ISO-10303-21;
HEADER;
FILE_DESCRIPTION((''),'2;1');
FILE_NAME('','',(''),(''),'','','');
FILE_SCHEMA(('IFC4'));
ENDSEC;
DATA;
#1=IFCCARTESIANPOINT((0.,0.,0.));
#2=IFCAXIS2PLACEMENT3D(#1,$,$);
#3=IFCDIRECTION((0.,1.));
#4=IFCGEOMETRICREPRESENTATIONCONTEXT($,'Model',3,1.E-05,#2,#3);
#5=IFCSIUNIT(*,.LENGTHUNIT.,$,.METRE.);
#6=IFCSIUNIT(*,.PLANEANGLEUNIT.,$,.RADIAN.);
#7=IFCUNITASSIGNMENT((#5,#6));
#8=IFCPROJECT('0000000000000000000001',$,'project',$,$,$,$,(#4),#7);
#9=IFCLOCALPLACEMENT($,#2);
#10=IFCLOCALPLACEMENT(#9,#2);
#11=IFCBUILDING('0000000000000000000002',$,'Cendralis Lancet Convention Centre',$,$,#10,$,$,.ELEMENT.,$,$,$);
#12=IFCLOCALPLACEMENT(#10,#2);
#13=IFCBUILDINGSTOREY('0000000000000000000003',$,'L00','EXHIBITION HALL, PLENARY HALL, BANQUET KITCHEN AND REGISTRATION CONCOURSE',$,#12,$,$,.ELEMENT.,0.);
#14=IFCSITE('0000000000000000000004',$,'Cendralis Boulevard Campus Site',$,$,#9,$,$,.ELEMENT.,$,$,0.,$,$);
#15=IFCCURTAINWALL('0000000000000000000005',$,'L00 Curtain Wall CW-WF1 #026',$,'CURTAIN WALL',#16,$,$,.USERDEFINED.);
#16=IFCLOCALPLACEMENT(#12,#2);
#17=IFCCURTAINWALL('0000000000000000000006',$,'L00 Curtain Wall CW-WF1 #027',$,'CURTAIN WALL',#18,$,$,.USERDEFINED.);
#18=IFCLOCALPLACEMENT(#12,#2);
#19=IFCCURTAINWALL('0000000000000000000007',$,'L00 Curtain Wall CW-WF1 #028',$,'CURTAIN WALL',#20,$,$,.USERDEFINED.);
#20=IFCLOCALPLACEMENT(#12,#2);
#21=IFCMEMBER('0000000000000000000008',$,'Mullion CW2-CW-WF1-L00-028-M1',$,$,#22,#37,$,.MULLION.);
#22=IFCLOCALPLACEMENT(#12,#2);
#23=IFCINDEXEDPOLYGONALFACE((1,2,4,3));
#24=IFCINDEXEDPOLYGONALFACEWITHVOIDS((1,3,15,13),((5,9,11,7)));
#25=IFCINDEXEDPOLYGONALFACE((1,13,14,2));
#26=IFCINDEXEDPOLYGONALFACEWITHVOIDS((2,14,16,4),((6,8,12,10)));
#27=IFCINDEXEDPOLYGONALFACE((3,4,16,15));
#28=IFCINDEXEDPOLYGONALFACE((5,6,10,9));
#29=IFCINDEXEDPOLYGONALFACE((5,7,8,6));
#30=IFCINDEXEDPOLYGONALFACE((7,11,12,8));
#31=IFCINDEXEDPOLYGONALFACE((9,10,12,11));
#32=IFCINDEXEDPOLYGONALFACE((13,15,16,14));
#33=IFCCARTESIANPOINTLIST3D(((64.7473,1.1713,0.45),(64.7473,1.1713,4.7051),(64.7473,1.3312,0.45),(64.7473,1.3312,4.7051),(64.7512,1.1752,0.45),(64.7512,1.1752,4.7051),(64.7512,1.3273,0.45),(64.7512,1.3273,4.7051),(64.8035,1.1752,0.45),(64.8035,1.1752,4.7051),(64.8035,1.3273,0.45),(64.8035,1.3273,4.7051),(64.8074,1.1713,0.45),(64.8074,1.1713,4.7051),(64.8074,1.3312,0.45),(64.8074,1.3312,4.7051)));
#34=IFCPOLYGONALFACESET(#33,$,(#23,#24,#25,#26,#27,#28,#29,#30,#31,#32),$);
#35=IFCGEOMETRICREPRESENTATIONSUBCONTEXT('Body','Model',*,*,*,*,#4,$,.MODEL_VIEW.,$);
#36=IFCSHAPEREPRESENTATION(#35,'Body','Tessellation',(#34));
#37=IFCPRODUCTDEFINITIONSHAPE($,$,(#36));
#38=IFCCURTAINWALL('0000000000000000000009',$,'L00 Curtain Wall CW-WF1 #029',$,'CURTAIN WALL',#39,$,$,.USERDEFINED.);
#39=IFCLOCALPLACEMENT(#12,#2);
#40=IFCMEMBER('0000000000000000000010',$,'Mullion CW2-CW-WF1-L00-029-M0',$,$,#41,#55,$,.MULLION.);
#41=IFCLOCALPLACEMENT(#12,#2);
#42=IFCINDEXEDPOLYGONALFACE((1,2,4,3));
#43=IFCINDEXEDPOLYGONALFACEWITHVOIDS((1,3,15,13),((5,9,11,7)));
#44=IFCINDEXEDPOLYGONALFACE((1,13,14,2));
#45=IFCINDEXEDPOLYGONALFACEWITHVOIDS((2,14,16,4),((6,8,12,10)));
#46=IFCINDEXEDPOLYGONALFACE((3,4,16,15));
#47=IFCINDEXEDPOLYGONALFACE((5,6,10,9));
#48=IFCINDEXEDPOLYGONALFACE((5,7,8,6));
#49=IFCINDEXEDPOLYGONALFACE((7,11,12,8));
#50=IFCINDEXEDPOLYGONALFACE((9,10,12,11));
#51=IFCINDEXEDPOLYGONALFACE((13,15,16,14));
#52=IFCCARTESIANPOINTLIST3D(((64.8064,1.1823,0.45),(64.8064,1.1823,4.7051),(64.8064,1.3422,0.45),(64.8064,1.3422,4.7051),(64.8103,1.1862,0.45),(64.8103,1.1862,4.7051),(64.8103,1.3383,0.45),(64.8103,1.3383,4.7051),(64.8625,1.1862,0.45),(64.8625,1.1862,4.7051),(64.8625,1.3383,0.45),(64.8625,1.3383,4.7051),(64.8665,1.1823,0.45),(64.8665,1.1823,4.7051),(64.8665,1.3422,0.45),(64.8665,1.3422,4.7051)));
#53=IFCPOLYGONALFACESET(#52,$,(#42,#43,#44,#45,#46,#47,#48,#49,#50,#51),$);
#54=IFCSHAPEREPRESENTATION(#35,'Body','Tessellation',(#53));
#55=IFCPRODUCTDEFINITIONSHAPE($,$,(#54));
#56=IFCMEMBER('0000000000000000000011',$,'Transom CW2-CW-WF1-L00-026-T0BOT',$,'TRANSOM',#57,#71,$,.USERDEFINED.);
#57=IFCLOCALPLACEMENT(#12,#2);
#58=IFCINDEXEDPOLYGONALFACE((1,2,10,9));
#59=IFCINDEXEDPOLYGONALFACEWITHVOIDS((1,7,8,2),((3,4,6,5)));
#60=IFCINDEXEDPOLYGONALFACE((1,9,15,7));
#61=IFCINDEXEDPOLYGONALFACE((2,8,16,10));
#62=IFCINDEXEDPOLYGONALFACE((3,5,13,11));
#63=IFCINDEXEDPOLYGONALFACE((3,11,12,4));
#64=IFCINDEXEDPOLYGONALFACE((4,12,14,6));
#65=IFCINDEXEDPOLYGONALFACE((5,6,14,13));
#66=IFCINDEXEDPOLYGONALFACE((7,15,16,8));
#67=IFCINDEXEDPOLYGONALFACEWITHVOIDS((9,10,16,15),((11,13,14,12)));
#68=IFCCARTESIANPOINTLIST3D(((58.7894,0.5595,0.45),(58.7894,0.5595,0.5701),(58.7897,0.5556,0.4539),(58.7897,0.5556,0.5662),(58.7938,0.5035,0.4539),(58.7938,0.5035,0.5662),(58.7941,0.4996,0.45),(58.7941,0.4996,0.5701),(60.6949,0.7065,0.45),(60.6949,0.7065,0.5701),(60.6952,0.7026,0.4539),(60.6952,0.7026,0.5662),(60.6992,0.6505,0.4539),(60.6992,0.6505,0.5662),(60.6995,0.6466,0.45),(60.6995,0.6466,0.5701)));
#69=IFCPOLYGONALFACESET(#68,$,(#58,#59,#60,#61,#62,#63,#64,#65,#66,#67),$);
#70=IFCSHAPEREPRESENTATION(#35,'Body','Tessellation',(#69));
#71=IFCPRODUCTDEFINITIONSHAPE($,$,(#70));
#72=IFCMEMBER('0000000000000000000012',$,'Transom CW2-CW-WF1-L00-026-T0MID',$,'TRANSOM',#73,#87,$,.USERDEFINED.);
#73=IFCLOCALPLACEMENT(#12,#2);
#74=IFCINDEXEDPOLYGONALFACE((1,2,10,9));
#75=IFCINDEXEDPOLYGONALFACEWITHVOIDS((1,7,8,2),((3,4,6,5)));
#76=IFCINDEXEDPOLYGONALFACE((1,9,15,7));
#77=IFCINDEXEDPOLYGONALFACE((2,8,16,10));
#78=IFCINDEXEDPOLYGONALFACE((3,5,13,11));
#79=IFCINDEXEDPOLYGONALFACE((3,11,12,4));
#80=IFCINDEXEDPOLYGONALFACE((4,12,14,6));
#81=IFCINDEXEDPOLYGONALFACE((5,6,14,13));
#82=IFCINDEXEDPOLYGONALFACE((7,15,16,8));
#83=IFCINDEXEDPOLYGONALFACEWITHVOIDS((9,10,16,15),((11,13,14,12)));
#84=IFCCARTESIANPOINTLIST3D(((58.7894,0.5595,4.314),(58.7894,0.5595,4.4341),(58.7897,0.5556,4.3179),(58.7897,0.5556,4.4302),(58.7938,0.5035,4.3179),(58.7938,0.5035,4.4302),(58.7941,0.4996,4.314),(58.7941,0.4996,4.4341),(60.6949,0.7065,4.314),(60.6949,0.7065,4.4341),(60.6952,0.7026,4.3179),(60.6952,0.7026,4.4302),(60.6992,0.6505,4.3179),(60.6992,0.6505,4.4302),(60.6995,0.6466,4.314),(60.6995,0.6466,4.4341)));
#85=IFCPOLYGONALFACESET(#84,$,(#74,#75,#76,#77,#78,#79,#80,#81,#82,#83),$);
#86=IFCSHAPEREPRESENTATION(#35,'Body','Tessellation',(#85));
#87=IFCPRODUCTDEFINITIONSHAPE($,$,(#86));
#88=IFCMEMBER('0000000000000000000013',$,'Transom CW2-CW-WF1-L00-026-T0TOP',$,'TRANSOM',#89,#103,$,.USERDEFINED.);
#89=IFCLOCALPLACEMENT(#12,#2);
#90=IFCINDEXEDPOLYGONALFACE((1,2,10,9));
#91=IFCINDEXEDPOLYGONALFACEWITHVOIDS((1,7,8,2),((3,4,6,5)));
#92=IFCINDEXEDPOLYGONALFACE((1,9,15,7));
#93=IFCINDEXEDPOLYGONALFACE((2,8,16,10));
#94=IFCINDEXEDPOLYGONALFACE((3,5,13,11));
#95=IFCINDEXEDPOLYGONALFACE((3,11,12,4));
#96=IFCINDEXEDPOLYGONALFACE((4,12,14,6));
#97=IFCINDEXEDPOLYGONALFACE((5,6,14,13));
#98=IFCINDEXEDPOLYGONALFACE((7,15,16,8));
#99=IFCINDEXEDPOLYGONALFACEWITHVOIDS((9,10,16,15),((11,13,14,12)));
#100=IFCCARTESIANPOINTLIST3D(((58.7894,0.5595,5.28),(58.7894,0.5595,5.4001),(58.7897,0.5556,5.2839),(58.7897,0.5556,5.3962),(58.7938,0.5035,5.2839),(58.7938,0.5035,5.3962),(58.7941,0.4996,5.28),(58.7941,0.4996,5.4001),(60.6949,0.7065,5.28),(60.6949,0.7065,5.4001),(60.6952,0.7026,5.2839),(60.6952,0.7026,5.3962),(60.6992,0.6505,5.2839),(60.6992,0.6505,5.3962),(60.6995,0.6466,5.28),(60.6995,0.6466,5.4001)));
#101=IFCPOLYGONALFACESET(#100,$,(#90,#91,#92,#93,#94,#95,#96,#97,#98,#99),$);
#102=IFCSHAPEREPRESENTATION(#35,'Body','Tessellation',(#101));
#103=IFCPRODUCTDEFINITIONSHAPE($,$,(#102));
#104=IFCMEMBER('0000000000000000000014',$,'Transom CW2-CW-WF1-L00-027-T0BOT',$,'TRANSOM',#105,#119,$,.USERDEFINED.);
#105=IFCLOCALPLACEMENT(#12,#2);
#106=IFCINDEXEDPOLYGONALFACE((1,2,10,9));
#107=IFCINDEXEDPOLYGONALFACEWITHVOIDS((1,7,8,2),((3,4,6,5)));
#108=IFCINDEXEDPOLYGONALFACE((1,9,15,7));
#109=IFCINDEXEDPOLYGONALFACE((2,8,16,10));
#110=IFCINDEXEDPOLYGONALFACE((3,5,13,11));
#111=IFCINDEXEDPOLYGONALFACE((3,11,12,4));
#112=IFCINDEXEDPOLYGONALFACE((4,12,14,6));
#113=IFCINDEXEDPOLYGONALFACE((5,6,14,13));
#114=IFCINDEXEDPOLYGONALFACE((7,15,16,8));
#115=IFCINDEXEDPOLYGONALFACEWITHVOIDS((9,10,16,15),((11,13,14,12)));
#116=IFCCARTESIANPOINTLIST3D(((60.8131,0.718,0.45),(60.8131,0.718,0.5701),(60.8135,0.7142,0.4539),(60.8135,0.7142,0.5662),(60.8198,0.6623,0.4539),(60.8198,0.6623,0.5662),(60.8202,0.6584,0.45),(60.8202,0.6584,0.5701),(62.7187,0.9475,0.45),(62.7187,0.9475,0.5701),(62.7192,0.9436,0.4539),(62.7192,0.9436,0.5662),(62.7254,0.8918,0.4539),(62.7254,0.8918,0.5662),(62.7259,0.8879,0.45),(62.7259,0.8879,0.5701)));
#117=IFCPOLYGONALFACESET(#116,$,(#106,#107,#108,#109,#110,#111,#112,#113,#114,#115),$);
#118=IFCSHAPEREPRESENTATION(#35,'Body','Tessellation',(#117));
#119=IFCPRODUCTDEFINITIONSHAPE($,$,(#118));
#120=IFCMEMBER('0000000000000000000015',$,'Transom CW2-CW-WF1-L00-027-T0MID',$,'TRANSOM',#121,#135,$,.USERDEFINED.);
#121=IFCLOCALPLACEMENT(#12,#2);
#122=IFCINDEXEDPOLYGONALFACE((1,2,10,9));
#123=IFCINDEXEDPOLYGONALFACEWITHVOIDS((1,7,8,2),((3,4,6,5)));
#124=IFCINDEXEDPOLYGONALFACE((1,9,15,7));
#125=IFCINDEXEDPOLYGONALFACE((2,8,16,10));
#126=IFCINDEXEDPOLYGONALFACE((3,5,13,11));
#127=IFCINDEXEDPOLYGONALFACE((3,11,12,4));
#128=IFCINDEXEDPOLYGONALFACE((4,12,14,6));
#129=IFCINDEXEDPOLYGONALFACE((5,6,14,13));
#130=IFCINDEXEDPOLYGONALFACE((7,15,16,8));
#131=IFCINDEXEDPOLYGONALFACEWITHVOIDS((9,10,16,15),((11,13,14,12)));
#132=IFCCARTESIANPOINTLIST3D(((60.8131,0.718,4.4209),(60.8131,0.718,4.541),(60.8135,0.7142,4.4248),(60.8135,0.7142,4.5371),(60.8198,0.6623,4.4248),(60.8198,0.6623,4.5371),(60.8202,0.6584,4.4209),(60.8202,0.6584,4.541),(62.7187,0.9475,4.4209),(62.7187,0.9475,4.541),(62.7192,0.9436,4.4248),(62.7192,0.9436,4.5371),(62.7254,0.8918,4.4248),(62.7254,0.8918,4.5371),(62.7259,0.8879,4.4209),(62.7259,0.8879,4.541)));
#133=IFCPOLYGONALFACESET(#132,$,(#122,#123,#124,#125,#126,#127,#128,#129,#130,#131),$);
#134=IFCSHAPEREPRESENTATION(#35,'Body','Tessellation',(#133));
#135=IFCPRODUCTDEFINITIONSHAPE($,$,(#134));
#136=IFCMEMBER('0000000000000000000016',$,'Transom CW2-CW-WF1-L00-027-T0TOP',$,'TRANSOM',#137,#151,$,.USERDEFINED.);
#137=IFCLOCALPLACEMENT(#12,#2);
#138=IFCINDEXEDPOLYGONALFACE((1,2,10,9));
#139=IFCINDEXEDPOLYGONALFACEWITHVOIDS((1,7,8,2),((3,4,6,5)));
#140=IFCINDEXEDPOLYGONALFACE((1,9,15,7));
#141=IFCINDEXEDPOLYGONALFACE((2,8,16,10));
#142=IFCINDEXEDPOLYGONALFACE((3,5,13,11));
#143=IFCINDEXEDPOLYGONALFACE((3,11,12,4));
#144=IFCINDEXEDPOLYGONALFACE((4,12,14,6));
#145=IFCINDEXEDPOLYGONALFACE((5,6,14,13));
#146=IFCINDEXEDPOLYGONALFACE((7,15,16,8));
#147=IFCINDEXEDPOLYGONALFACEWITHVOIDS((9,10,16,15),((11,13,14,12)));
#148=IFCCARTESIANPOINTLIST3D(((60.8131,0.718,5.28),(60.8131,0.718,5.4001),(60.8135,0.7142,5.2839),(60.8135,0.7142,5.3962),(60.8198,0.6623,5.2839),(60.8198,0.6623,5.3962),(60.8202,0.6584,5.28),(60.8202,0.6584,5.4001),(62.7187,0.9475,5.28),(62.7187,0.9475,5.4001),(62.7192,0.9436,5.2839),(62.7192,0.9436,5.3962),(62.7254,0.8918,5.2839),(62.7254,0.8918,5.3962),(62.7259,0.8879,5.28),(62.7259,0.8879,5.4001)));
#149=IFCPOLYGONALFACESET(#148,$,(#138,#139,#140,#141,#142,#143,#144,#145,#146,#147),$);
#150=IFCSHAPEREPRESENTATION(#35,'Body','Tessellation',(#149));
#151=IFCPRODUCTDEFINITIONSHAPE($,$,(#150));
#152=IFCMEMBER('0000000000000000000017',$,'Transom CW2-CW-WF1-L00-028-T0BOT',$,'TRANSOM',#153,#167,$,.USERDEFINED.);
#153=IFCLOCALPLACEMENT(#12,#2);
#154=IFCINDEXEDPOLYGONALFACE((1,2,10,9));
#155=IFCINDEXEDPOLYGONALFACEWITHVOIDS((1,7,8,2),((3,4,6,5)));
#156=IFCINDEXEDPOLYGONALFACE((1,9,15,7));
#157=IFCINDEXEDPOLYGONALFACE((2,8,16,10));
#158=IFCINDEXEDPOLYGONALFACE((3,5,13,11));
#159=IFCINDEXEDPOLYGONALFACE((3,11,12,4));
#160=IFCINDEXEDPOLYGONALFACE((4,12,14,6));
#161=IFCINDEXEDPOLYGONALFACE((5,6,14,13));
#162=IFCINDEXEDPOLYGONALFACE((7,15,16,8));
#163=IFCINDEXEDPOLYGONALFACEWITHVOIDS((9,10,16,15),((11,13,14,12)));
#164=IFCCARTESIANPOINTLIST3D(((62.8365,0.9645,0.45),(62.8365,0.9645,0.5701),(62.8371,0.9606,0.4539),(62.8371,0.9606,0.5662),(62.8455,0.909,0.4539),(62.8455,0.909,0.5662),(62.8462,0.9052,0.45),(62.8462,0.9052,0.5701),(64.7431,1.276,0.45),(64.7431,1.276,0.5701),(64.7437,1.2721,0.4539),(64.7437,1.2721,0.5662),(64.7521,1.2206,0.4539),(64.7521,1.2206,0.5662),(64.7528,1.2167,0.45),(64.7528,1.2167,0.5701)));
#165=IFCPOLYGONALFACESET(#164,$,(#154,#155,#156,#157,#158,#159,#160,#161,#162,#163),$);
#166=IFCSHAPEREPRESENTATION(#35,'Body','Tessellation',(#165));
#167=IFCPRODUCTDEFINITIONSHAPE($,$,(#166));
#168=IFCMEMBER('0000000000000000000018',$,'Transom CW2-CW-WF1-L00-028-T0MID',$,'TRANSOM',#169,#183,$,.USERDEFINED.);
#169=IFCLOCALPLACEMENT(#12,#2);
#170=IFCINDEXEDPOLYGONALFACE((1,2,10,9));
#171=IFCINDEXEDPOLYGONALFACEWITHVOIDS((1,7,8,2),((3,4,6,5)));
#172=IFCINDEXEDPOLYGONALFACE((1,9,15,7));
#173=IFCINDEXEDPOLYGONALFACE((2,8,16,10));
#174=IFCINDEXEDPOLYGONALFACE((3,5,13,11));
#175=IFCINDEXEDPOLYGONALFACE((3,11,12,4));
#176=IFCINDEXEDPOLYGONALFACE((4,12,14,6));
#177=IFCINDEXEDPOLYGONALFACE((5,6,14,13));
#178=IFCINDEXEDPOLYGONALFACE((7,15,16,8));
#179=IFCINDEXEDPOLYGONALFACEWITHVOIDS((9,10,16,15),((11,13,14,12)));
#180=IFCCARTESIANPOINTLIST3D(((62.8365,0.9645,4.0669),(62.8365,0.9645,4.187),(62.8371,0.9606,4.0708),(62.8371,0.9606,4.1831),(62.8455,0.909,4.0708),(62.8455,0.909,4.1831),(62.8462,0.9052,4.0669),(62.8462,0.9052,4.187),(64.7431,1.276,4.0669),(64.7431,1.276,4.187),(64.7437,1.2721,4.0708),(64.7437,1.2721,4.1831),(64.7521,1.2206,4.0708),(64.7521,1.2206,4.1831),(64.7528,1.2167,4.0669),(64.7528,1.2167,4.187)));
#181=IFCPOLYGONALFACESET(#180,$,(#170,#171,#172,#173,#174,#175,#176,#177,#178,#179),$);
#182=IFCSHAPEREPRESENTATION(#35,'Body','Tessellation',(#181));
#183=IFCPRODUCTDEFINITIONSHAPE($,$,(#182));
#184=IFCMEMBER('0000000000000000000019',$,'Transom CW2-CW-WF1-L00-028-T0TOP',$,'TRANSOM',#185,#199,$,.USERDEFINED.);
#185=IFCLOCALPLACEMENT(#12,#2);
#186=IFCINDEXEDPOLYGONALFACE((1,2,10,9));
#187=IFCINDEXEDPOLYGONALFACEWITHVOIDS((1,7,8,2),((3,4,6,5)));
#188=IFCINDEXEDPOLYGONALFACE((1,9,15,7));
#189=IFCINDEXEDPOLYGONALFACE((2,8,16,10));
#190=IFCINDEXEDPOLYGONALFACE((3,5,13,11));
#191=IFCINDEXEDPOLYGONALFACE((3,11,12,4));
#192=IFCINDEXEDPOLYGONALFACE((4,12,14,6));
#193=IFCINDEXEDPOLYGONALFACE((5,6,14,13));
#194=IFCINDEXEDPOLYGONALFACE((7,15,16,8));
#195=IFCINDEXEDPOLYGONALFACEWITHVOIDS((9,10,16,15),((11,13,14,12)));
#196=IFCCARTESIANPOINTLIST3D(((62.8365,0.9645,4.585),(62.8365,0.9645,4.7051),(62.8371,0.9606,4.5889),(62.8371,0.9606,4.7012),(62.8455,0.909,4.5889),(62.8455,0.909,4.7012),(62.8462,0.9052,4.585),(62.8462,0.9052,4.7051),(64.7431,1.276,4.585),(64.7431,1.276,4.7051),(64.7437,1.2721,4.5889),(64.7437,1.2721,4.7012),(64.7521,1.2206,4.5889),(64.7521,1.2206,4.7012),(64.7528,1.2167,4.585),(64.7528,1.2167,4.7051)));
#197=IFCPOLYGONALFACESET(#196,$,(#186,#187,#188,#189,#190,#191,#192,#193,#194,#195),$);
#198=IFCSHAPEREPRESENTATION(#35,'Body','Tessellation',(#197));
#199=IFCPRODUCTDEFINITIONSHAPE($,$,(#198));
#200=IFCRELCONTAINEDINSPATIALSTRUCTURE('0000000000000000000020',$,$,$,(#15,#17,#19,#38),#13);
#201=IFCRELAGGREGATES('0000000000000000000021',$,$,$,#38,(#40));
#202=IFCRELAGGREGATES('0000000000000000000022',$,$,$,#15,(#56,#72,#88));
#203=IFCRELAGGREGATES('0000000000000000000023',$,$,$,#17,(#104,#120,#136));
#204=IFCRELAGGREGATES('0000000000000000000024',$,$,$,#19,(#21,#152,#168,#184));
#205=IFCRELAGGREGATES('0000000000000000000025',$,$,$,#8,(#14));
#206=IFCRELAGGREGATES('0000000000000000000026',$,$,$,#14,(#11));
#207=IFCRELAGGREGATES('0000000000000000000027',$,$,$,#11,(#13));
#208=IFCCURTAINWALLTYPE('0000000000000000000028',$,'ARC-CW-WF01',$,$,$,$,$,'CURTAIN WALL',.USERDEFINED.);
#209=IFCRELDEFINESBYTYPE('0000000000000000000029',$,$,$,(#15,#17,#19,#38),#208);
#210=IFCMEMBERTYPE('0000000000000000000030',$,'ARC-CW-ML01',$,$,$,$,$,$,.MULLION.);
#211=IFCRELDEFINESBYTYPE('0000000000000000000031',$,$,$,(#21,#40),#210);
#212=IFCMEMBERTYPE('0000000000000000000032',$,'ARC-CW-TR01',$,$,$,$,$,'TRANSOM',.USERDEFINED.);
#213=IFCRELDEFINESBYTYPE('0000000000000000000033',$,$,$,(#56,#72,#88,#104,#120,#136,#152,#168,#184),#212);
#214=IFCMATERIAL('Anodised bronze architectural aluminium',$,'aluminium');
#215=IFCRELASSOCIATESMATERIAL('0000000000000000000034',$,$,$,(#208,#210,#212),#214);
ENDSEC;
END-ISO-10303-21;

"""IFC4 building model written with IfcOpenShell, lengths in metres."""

from ifc_helpers import new_model, si_unit, direction, frame, origin, origin_2d, place, context, subcontext, project, spatial, hollow_rectangle, extrude, material, material_profile, profile_set, type_object, element, aggregate, save


model = new_model("IFC4")

# Units and contexts
model_context = context("Model", 3, precision=1e-05, world=origin(), true_north=direction((0.0, 1.0)))
body_context = subcontext(model_context, "Body", "Model", "MODEL_VIEW")
ifc_project = project(units=[si_unit("LENGTHUNIT", "METRE"), si_unit("PLANEANGLEUNIT", "RADIAN")], contexts=[model_context])

# Site, building, storey
site_placement = place(None, origin())
site = spatial("IfcSite", under=ifc_project, at=site_placement, Name="Cendralis Boulevard Campus Site", CompositionType="ELEMENT", RefElevation=0.0)
building_placement = place(site_placement, origin())
building = spatial("IfcBuilding", under=site, at=building_placement, Name="Cendralis Lancet Convention Centre", CompositionType="ELEMENT")
storey_placement = place(building_placement, origin())
storey = spatial("IfcBuildingStorey", under=building, at=storey_placement, Name="L00", Description="EXHIBITION HALL, PLENARY HALL, BANQUET KITCHEN AND REGISTRATION CONCOURSE", CompositionType="ELEMENT", Elevation=0.0)

# Shared definitions
ifc_material_1 = material(Name="Anodised bronze architectural aluminium", Category="aluminium")
curtain_wall_type = type_object("IfcCurtainWallType", Name="ARC-CW-WF01", ElementType="CURTAIN WALL", PredefinedType="USERDEFINED", material=ifc_material_1)
ifc_material_profile_1 = material_profile(ifc_material_1, hollow_rectangle(XDim=0.0601, YDim=0.1599, WallThickness=0.0039, at=origin_2d()), Name="AL-MULL 60x160x4.0")
ifc_profile_set_1 = profile_set([ifc_material_profile_1], Name="Anodised bronze architectural aluminium")
member_type_1 = type_object("IfcMemberType", Name="ARC-CW-ML01", PredefinedType="MULLION", material=ifc_profile_set_1)

# Curtain walls, member
curtain_wall_1_placement = place(storey_placement, origin())
curtain_wall_1 = element("IfcCurtainWall", 1, at=curtain_wall_1_placement, inside=storey, type_object=curtain_wall_type, Name="L00 Curtain Wall CW-WF1 #026", ObjectType="CURTAIN WALL", PredefinedType="USERDEFINED")
curtain_wall_2_placement = place(storey_placement, origin())
curtain_wall_2 = element("IfcCurtainWall", 2, at=curtain_wall_2_placement, inside=storey, type_object=curtain_wall_type, Name="L00 Curtain Wall CW-WF1 #027", ObjectType="CURTAIN WALL", PredefinedType="USERDEFINED")
curtain_wall_3_placement = place(storey_placement, origin())
curtain_wall_3 = element("IfcCurtainWall", 3, at=curtain_wall_3_placement, inside=storey, type_object=curtain_wall_type, Name="L00 Curtain Wall CW-WF1 #028", ObjectType="CURTAIN WALL", PredefinedType="USERDEFINED")
member_1_placement = place(storey_placement, frame((64.7773, 1.2512, 0.45), z_axis=(0.0, 0.0, 1.0), x_axis=(1.0, 0.0, 0.0)))
member_1 = element("IfcMember", 4, at=member_1_placement, type_object=member_type_1, Name="Mullion CW2-CW-WF1-L00-028-M1", PredefinedType="MULLION", context=body_context, shape_type="SweptSolid", body=[
    extrude(hollow_rectangle(XDim=0.0601, YDim=0.1599, WallThickness=0.0039, at=origin_2d()), origin(), (0.0, 0.0, 1.0), 4.2551),
])

# Curtain wall, member
curtain_wall_4_placement = place(storey_placement, origin())
curtain_wall_4 = element("IfcCurtainWall", 5, at=curtain_wall_4_placement, inside=storey, type_object=curtain_wall_type, Name="L00 Curtain Wall CW-WF1 #029", ObjectType="CURTAIN WALL", PredefinedType="USERDEFINED")
member_2_placement = place(storey_placement, frame((64.8364, 1.2622, 0.45), z_axis=(0.0, 0.0, 1.0), x_axis=(1.0, 0.0, 0.0)))
member_2 = element("IfcMember", 6, at=member_2_placement, type_object=member_type_1, Name="Mullion CW2-CW-WF1-L00-029-M0", PredefinedType="MULLION", context=body_context, shape_type="SweptSolid", body=[
    extrude(hollow_rectangle(XDim=0.0601, YDim=0.1599, WallThickness=0.0039, at=origin_2d()), origin(), (0.0, 0.0, 1.0), 4.2551),
])

# Members
ifc_material_profile_2 = material_profile(ifc_material_1, hollow_rectangle(XDim=0.0601, YDim=0.1201, WallThickness=0.0039, at=origin_2d()), Name="AL-TRAN 60x120x4.0")
ifc_profile_set_2 = profile_set([ifc_material_profile_2], Name="Anodised bronze architectural aluminium")
member_type_2 = type_object("IfcMemberType", Name="ARC-CW-TR01", ElementType="TRANSOM", PredefinedType="USERDEFINED", material=ifc_profile_set_2)
member_3_placement = place(storey_placement, frame((58.7917, 0.5295, 0.51), z_axis=(0.997039, 0.076902, 0.0), x_axis=(-0.076902, 0.997039, 0.0)))
member_3 = element("IfcMember", 7, at=member_3_placement, type_object=member_type_2, Name="Transom CW2-CW-WF1-L00-026-T0BOT", ObjectType="TRANSOM", PredefinedType="USERDEFINED", context=body_context, shape_type="SweptSolid", body=[
    extrude(hollow_rectangle(XDim=0.0601, YDim=0.1201, WallThickness=0.0039, at=origin_2d()), origin(), (0.0, 0.0, 1.0), 1.9111),
])
member_4_placement = place(storey_placement, frame((58.7917, 0.5295, 4.374), z_axis=(0.997039, 0.076902, 0.0), x_axis=(-0.076902, 0.997039, 0.0)))
member_4 = element("IfcMember", 8, at=member_4_placement, type_object=member_type_2, Name="Transom CW2-CW-WF1-L00-026-T0MID", ObjectType="TRANSOM", PredefinedType="USERDEFINED", context=body_context, shape_type="SweptSolid", body=[
    extrude(hollow_rectangle(XDim=0.0601, YDim=0.1201, WallThickness=0.0039, at=origin_2d()), origin(), (0.0, 0.0, 1.0), 1.9111),
])
member_5_placement = place(storey_placement, frame((58.7917, 0.5295, 5.3401), z_axis=(0.997039, 0.076902, 0.0), x_axis=(-0.076902, 0.997039, 0.0)))
member_5 = element("IfcMember", 9, at=member_5_placement, type_object=member_type_2, Name="Transom CW2-CW-WF1-L00-026-T0TOP", ObjectType="TRANSOM", PredefinedType="USERDEFINED", context=body_context, shape_type="SweptSolid", body=[
    extrude(hollow_rectangle(XDim=0.0601, YDim=0.1201, WallThickness=0.0039, at=origin_2d()), origin(), (0.0, 0.0, 1.0), 1.9111),
])
member_6_placement = place(storey_placement, frame((60.8167, 0.6882, 0.51), z_axis=(0.992827, 0.119556, 0.0), x_axis=(-0.119556, 0.992827, 0.0)))
member_6 = element("IfcMember", 10, at=member_6_placement, type_object=member_type_2, Name="Transom CW2-CW-WF1-L00-027-T0BOT", ObjectType="TRANSOM", PredefinedType="USERDEFINED", context=body_context, shape_type="SweptSolid", body=[
    extrude(hollow_rectangle(XDim=0.0601, YDim=0.1201, WallThickness=0.0039, at=origin_2d()), origin(), (0.0, 0.0, 1.0), 1.9194),
])
member_7_placement = place(storey_placement, frame((60.8167, 0.6882, 4.481), z_axis=(0.992827, 0.119556, 0.0), x_axis=(-0.119556, 0.992827, 0.0)))
member_7 = element("IfcMember", 11, at=member_7_placement, type_object=member_type_2, Name="Transom CW2-CW-WF1-L00-027-T0MID", ObjectType="TRANSOM", PredefinedType="USERDEFINED", context=body_context, shape_type="SweptSolid", body=[
    extrude(hollow_rectangle(XDim=0.0601, YDim=0.1201, WallThickness=0.0039, at=origin_2d()), origin(), (0.0, 0.0, 1.0), 1.9194),
])
member_8_placement = place(storey_placement, frame((60.8167, 0.6882, 5.3401), z_axis=(0.992827, 0.119556, 0.0), x_axis=(-0.119556, 0.992827, 0.0)))
member_8 = element("IfcMember", 12, at=member_8_placement, type_object=member_type_2, Name="Transom CW2-CW-WF1-L00-027-T0TOP", ObjectType="TRANSOM", PredefinedType="USERDEFINED", context=body_context, shape_type="SweptSolid", body=[
    extrude(hollow_rectangle(XDim=0.0601, YDim=0.1201, WallThickness=0.0039, at=origin_2d()), origin(), (0.0, 0.0, 1.0), 1.9194),
])
member_9_placement = place(storey_placement, frame((62.8413, 0.9348, 0.51), z_axis=(0.986912, 0.161263, 0.0), x_axis=(-0.161263, 0.986912, 0.0)))
member_9 = element("IfcMember", 13, at=member_9_placement, type_object=member_type_2, Name="Transom CW2-CW-WF1-L00-028-T0BOT", ObjectType="TRANSOM", PredefinedType="USERDEFINED", context=body_context, shape_type="SweptSolid", body=[
    extrude(hollow_rectangle(XDim=0.0601, YDim=0.1201, WallThickness=0.0039, at=origin_2d()), origin(), (0.0, 0.0, 1.0), 1.9319),
])
member_10_placement = place(storey_placement, frame((62.8413, 0.9348, 4.127), z_axis=(0.986912, 0.161263, 0.0), x_axis=(-0.161263, 0.986912, 0.0)))
member_10 = element("IfcMember", 14, at=member_10_placement, type_object=member_type_2, Name="Transom CW2-CW-WF1-L00-028-T0MID", ObjectType="TRANSOM", PredefinedType="USERDEFINED", context=body_context, shape_type="SweptSolid", body=[
    extrude(hollow_rectangle(XDim=0.0601, YDim=0.1201, WallThickness=0.0039, at=origin_2d()), origin(), (0.0, 0.0, 1.0), 1.9319),
])
member_11_placement = place(storey_placement, frame((62.8413, 0.9348, 4.645), z_axis=(0.986912, 0.161263, 0.0), x_axis=(-0.161263, 0.986912, 0.0)))
member_11 = element("IfcMember", 15, at=member_11_placement, type_object=member_type_2, Name="Transom CW2-CW-WF1-L00-028-T0TOP", ObjectType="TRANSOM", PredefinedType="USERDEFINED", context=body_context, shape_type="SweptSolid", body=[
    extrude(hollow_rectangle(XDim=0.0601, YDim=0.1201, WallThickness=0.0039, at=origin_2d()), origin(), (0.0, 0.0, 1.0), 1.9319),
])
aggregate(curtain_wall_4, [member_2])

aggregate(curtain_wall_1, [member_3, member_4, member_5])
aggregate(curtain_wall_2, [member_6, member_7, member_8])
aggregate(curtain_wall_3, [member_1, member_9, member_10, member_11])

save(model, "model.ifc")
